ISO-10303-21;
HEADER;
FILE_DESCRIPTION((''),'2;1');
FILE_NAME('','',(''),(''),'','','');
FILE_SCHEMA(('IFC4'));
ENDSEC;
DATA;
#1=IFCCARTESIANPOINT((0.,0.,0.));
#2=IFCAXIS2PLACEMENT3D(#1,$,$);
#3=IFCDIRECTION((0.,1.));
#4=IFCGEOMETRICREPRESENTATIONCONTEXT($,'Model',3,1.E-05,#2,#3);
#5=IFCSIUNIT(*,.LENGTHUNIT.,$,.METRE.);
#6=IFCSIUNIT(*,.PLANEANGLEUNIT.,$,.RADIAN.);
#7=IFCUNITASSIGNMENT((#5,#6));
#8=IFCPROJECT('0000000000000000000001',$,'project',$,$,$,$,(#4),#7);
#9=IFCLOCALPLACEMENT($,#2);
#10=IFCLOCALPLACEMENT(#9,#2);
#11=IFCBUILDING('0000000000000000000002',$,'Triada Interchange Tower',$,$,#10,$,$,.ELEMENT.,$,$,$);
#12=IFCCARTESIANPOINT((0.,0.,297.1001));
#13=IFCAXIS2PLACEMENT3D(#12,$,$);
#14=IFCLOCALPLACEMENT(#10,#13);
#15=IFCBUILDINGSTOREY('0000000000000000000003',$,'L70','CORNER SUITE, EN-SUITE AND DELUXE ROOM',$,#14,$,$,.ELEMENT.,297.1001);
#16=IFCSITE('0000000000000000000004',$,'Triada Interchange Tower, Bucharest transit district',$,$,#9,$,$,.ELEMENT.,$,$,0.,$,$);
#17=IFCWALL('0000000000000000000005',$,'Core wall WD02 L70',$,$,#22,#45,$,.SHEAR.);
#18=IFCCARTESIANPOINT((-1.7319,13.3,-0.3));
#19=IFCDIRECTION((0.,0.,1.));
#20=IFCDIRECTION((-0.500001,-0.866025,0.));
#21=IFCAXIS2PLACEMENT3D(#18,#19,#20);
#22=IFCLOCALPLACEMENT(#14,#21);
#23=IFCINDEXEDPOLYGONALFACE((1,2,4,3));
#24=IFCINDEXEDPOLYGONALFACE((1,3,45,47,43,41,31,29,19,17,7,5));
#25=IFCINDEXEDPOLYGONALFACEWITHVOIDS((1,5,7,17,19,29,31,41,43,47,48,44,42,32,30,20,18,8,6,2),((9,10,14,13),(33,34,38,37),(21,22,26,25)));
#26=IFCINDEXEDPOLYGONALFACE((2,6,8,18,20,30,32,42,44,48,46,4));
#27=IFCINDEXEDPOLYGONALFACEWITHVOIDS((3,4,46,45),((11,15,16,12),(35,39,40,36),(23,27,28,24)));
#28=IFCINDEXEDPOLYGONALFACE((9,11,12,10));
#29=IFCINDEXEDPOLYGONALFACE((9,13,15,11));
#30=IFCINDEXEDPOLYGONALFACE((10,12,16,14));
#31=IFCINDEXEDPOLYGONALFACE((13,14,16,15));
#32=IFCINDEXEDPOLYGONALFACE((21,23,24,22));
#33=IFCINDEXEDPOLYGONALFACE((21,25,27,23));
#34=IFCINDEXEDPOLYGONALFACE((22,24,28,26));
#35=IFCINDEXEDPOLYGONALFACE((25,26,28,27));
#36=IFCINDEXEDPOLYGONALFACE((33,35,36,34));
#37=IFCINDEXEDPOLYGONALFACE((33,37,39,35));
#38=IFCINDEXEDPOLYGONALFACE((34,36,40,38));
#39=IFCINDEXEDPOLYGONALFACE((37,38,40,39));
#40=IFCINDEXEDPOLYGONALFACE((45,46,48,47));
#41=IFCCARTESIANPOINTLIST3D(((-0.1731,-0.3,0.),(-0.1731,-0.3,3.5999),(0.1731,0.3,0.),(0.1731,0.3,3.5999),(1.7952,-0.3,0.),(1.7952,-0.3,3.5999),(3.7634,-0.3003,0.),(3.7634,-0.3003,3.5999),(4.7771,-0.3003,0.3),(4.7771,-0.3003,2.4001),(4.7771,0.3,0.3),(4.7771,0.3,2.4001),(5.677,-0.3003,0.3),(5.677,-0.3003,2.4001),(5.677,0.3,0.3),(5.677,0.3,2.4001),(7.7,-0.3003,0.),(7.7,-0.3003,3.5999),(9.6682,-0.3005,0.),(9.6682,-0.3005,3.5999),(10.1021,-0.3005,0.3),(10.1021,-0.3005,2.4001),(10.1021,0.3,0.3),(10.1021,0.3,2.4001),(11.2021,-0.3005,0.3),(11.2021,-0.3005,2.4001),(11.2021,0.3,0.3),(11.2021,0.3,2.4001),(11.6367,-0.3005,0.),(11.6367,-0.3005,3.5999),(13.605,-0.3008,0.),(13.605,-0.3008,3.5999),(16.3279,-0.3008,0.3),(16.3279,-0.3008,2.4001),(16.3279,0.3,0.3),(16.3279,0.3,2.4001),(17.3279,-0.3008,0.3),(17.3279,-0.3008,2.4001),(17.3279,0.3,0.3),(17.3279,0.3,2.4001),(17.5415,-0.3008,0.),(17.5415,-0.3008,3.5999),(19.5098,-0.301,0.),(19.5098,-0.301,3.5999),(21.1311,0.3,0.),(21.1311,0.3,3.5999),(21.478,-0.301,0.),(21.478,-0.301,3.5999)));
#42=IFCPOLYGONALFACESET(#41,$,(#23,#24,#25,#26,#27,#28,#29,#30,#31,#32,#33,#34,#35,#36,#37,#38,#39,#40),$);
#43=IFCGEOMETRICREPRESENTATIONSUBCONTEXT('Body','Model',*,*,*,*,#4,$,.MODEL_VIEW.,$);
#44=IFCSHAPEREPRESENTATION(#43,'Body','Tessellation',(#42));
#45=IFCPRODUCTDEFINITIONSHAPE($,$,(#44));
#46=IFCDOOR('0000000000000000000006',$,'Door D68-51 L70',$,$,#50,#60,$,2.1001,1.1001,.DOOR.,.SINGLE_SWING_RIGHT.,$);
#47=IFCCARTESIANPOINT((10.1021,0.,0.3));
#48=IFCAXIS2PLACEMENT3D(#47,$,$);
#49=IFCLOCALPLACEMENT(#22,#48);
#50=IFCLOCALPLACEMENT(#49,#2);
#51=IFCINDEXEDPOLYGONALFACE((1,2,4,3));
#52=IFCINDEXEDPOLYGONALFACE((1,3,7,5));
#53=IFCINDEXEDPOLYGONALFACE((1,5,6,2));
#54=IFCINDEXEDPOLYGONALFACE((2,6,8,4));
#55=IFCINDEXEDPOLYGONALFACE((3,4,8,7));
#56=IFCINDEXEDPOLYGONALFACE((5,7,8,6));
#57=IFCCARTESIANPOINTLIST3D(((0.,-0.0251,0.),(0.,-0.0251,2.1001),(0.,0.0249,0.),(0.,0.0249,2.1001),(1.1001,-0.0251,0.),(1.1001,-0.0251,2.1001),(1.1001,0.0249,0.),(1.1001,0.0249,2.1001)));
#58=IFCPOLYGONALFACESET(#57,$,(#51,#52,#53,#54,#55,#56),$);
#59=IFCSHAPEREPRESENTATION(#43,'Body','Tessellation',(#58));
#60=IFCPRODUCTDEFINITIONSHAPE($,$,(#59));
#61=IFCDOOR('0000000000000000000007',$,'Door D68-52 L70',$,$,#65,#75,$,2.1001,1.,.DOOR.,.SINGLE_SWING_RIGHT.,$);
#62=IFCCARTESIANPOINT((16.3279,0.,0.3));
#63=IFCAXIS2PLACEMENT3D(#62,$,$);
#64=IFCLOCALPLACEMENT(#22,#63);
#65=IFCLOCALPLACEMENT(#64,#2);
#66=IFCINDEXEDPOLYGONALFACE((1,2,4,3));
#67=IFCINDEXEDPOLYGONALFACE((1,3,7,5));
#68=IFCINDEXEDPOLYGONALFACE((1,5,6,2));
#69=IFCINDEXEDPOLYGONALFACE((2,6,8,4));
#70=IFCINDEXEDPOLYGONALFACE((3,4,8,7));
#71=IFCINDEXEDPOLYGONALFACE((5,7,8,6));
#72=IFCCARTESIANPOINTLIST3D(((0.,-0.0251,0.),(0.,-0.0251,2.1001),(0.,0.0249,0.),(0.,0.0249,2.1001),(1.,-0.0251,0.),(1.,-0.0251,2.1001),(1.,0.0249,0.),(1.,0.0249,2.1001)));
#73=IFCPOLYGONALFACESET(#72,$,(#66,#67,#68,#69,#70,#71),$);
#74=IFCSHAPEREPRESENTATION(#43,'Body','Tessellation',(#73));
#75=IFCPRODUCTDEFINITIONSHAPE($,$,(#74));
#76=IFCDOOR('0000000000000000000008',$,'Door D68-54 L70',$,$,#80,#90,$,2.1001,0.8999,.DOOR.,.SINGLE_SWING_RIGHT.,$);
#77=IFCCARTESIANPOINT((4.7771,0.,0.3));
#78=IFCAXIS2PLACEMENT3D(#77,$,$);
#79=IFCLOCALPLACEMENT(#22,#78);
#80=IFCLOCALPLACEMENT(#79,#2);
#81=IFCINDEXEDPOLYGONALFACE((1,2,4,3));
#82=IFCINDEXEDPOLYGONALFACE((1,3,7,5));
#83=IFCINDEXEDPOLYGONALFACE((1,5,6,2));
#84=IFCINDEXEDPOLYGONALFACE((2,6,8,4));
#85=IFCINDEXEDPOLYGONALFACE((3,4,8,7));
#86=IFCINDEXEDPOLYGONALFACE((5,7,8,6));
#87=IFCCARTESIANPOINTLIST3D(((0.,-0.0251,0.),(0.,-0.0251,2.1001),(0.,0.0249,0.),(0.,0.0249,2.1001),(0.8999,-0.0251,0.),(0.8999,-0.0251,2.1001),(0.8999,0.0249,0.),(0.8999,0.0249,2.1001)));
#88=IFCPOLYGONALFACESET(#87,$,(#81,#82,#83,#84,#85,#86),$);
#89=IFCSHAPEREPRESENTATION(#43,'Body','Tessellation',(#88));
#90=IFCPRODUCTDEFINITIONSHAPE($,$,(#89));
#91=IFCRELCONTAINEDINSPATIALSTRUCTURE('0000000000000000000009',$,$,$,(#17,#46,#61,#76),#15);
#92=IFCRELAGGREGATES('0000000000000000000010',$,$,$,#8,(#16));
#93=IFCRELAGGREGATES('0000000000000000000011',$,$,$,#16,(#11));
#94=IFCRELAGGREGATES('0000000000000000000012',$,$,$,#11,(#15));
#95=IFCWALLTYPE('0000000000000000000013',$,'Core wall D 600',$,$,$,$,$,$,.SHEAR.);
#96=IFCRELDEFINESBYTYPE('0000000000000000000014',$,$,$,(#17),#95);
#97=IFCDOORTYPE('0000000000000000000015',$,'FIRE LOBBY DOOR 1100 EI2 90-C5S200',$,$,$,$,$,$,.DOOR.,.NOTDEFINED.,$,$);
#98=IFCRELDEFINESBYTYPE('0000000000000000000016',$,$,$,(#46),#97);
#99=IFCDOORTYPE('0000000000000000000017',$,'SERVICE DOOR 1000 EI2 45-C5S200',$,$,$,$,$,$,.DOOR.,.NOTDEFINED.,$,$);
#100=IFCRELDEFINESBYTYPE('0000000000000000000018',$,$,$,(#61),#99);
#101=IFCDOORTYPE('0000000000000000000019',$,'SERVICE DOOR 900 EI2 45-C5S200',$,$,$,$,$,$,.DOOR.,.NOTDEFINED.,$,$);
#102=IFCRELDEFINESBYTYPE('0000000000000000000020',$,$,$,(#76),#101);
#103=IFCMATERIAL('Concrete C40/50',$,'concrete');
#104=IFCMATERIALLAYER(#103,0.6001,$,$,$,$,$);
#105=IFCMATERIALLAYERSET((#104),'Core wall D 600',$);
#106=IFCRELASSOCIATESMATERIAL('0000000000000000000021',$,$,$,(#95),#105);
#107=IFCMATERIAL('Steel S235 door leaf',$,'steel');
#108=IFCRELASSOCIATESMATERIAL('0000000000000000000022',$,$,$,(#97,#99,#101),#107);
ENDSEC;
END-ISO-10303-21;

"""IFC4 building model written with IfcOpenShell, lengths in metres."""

from ifc_helpers import new_model, si_unit, direction, frame, frame_2d, origin, place, context, subcontext, project, spatial, polyline, rectangle, outline, extrude, material, layer, layer_set, type_object, element, fill, save


model = new_model("IFC4")

# Units and contexts
model_context = context("Model", 3, precision=1e-05, world=origin(), true_north=direction((0.0, 1.0)))
body_context = subcontext(model_context, "Body", "Model", "MODEL_VIEW")
ifc_project = project(units=[si_unit("LENGTHUNIT", "METRE"), si_unit("PLANEANGLEUNIT", "RADIAN")], contexts=[model_context])

# Site, building, storey
site_placement = place(None, origin())
site = spatial("IfcSite", under=ifc_project, at=site_placement, Name="Triada Interchange Tower, Bucharest transit district", CompositionType="ELEMENT", RefElevation=0.0)
building_placement = place(site_placement, origin())
building = spatial("IfcBuilding", under=site, at=building_placement, Name="Triada Interchange Tower", CompositionType="ELEMENT")
storey_placement = place(building_placement, frame((0.0, 0.0, 297.1001)))
storey = spatial("IfcBuildingStorey", under=building, at=storey_placement, Name="L70", Description="CORNER SUITE, EN-SUITE AND DELUXE ROOM", CompositionType="ELEMENT", Elevation=297.1001)

# Shared definitions
ifc_material_1 = material(Name="Concrete C40/50", Category="concrete")

# Wall, openings, doors
ifc_layer_1 = layer(ifc_material_1, 0.6001)
ifc_layer_set_1 = layer_set([ifc_layer_1], Name="Core wall D 600")
wall_type_1 = type_object("IfcWallType", Name="Core wall D 600", PredefinedType="SHEAR", material=ifc_layer_set_1)
wall_1_placement = place(storey_placement, frame((-1.7319, 13.3, -0.3), z_axis=(0.0, 0.0, 1.0), x_axis=(-0.500001, -0.866025, 0.0)))
wall_1 = element("IfcWall", 1, at=wall_1_placement, inside=storey, type_object=wall_type_1, Name="Core wall WD02 L70", PredefinedType="SHEAR", context=body_context, shape_type="SweptSolid", body=[
    extrude(outline(polyline([(-0.1731, -0.3), (1.7952, -0.3), (3.7634, -0.3003), (5.7317, -0.3003), (7.7, -0.3003), (9.6682, -0.3005), (11.6367, -0.3005), (13.605, -0.3008), (15.5732, -0.3008), (17.5415, -0.3008), (19.5098, -0.301), (21.478, -0.301), (21.1311, 0.3), (19.2258, 0.3), (17.3206, 0.3), (15.4153, 0.3), (13.51, 0.3), (11.6047, 0.3), (9.6995, 0.3), (7.7942, 0.3), (5.8889, 0.3), (3.9836, 0.3), (2.0784, 0.3), (0.1731, 0.3), (-0.1731, -0.3)])), origin(), (0.0, 0.0, 1.0), 3.5999),
])
opening_1_placement = place(wall_1_placement, frame((10.1021, 0.0, 0.3)))
opening_1 = element("IfcOpeningElement", 2, at=opening_1_placement, cuts=wall_1, PredefinedType="OPENING", context=body_context, shape_type="SweptSolid", body=[
    extrude(rectangle(XDim=1.1001, YDim=2.1001, at=frame_2d((0.55, 1.05))), frame((0.0, 0.3101, 0.0), z_axis=(0.0, -1.0, 0.0), x_axis=(1.0, 0.0, 0.0)), (0.0, 0.0, 1.0), 0.6211),
])
opening_2_placement = place(wall_1_placement, frame((16.3279, 0.0, 0.3)))
opening_2 = element("IfcOpeningElement", 3, at=opening_2_placement, cuts=wall_1, PredefinedType="OPENING", context=body_context, shape_type="SweptSolid", body=[
    extrude(rectangle(XDim=1.0, YDim=2.1001, at=frame_2d((0.5, 1.05))), frame((0.0, 0.3101, 0.0), z_axis=(0.0, -1.0, 0.0), x_axis=(1.0, 0.0, 0.0)), (0.0, 0.0, 1.0), 0.6211),
])
opening_3_placement = place(wall_1_placement, frame((4.7771, 0.0, 0.3)))
opening_3 = element("IfcOpeningElement", 4, at=opening_3_placement, cuts=wall_1, PredefinedType="OPENING", context=body_context, shape_type="SweptSolid", body=[
    extrude(rectangle(XDim=0.8999, YDim=2.1001, at=frame_2d((0.45, 1.05))), frame((0.0, 0.3101, 0.0), z_axis=(0.0, -1.0, 0.0), x_axis=(1.0, 0.0, 0.0)), (0.0, 0.0, 1.0), 0.6211),
])
ifc_material_2 = material(Name="Steel S235 door leaf", Category="steel")
door_type_1 = type_object("IfcDoorType", Name="FIRE LOBBY DOOR 1100 EI2 90-C5S200", OperationType="NOTDEFINED", PredefinedType="DOOR", material=ifc_material_2)
door_1_placement = place(opening_1_placement, origin())
door_1 = element("IfcDoor", 5, at=door_1_placement, inside=storey, type_object=door_type_1, Name="Door D68-51 L70", OperationType="SINGLE_SWING_RIGHT", OverallHeight=2.1001, OverallWidth=1.1001, PredefinedType="DOOR", context=body_context, shape_type="SweptSolid", body=[
    extrude(rectangle(XDim=1.1001, YDim=2.1001, at=frame_2d((0.55, 1.05))), frame((0.0, 0.0249, 0.0), z_axis=(0.0, -1.0, 0.0), x_axis=(1.0, 0.0, 0.0)), (0.0, 0.0, 1.0), 0.05),
])
fill(opening_1, door_1)
door_type_2 = type_object("IfcDoorType", Name="SERVICE DOOR 1000 EI2 45-C5S200", OperationType="NOTDEFINED", PredefinedType="DOOR", material=ifc_material_2)
door_2_placement = place(opening_2_placement, origin())
door_2 = element("IfcDoor", 6, at=door_2_placement, inside=storey, type_object=door_type_2, Name="Door D68-52 L70", OperationType="SINGLE_SWING_RIGHT", OverallHeight=2.1001, OverallWidth=1.0, PredefinedType="DOOR", context=body_context, shape_type="SweptSolid", body=[
    extrude(rectangle(XDim=1.0, YDim=2.1001, at=frame_2d((0.5, 1.05))), frame((0.0, 0.0249, 0.0), z_axis=(0.0, -1.0, 0.0), x_axis=(1.0, 0.0, 0.0)), (0.0, 0.0, 1.0), 0.05),
])
fill(opening_2, door_2)
door_type_3 = type_object("IfcDoorType", Name="SERVICE DOOR 900 EI2 45-C5S200", OperationType="NOTDEFINED", PredefinedType="DOOR", material=ifc_material_2)
door_3_placement = place(opening_3_placement, origin())
door_3 = element("IfcDoor", 7, at=door_3_placement, inside=storey, type_object=door_type_3, Name="Door D68-54 L70", OperationType="SINGLE_SWING_RIGHT", OverallHeight=2.1001, OverallWidth=0.8999, PredefinedType="DOOR", context=body_context, shape_type="SweptSolid", body=[
    extrude(rectangle(XDim=0.8999, YDim=2.1001, at=frame_2d((0.45, 1.05))), frame((0.0, 0.0249, 0.0), z_axis=(0.0, -1.0, 0.0), x_axis=(1.0, 0.0, 0.0)), (0.0, 0.0, 1.0), 0.05),
])
fill(opening_3, door_3)

save(model, "model.ifc")
